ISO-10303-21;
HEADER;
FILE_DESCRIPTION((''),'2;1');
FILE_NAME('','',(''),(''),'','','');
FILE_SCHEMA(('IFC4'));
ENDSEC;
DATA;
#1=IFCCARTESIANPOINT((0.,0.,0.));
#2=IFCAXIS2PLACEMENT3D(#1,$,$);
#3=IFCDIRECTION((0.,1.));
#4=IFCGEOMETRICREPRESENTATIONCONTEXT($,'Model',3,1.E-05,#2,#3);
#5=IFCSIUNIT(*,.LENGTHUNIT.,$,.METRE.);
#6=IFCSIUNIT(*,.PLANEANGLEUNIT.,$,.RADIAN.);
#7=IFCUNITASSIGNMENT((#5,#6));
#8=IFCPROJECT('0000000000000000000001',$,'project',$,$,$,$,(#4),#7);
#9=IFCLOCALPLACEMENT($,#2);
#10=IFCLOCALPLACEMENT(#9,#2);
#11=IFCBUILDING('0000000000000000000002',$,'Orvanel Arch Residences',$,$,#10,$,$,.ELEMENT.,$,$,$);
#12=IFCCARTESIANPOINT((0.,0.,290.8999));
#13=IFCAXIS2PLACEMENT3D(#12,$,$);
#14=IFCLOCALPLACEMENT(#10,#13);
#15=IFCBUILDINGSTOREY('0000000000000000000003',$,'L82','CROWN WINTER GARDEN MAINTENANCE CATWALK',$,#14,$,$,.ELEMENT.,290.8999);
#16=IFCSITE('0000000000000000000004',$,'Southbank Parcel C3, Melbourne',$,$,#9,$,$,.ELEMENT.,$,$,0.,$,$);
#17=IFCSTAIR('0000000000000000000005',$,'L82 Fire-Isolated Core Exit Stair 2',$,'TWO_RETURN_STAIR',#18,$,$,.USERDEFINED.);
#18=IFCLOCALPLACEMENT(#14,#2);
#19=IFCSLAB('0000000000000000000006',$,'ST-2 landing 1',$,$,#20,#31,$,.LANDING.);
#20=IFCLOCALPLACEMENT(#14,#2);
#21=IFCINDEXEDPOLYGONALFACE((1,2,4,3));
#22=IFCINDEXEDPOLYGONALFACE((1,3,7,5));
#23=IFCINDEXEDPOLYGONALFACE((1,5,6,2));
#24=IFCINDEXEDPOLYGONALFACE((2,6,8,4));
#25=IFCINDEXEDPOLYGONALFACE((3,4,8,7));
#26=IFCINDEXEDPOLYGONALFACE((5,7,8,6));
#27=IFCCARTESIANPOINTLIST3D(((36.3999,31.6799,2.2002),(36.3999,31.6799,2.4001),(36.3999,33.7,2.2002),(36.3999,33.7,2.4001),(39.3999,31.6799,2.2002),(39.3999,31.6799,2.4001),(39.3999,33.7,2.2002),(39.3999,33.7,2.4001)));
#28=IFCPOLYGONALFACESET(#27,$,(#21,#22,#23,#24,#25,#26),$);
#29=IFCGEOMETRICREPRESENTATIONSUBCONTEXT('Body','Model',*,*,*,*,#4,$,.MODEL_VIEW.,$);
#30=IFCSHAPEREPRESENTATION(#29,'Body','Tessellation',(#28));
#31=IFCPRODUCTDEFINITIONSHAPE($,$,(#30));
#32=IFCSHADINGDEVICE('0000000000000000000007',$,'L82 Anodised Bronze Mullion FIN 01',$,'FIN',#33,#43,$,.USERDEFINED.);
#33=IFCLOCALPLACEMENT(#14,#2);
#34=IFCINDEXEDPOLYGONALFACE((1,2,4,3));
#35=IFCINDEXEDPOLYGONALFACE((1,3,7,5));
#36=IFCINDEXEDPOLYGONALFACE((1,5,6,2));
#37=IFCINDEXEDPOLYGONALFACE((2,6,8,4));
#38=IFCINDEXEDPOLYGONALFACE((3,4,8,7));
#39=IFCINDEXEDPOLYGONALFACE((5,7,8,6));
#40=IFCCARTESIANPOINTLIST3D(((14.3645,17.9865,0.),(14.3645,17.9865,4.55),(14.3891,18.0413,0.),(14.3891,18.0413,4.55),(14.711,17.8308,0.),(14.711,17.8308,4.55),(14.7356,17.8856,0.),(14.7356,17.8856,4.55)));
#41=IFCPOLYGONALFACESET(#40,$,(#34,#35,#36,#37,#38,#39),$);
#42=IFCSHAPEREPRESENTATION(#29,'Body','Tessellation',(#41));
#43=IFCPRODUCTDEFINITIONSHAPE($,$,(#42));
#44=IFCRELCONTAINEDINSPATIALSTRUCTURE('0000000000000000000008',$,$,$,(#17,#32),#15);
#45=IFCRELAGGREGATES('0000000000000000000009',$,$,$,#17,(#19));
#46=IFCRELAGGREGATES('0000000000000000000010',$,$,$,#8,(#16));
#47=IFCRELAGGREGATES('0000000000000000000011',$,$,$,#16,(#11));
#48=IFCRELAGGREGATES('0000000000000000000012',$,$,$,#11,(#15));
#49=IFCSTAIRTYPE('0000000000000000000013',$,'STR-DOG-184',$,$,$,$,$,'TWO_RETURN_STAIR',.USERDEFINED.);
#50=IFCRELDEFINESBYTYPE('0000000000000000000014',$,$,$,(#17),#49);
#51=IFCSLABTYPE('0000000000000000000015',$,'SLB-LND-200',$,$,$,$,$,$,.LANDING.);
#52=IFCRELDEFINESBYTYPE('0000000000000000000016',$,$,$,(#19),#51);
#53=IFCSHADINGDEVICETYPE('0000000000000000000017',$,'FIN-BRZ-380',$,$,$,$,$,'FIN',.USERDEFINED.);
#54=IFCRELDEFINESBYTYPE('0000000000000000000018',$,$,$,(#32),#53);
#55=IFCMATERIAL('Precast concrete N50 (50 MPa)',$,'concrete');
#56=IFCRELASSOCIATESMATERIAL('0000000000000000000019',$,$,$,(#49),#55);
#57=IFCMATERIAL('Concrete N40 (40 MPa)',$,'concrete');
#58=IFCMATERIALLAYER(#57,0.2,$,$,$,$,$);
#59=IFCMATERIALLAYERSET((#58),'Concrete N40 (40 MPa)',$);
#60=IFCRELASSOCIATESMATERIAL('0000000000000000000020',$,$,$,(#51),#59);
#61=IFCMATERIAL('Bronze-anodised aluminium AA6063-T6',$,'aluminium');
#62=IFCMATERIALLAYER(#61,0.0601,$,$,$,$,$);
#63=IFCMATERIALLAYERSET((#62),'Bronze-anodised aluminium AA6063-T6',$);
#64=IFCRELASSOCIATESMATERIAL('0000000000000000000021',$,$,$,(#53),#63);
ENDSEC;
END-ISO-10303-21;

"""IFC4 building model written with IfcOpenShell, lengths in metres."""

from ifc_helpers import new_model, si_unit, direction, frame, origin, origin_2d, place, context, subcontext, project, spatial, polyline, rectangle, outline, extrude, material, layer, layer_set, type_object, element, aggregate, save


model = new_model("IFC4")

# Units and contexts
model_context = context("Model", 3, precision=1e-05, world=origin(), true_north=direction((0.0, 1.0)))
body_context = subcontext(model_context, "Body", "Model", "MODEL_VIEW")
ifc_project = project(units=[si_unit("LENGTHUNIT", "METRE"), si_unit("PLANEANGLEUNIT", "RADIAN")], contexts=[model_context])

# Site, building, storey
site_placement = place(None, origin())
site = spatial("IfcSite", under=ifc_project, at=site_placement, Name="Southbank Parcel C3, Melbourne", CompositionType="ELEMENT", RefElevation=0.0)
building_placement = place(site_placement, origin())
building = spatial("IfcBuilding", under=site, at=building_placement, Name="Orvanel Arch Residences", CompositionType="ELEMENT")
storey_placement = place(building_placement, frame((0.0, 0.0, 290.8999)))
storey = spatial("IfcBuildingStorey", under=building, at=storey_placement, Name="L82", Description="CROWN WINTER GARDEN MAINTENANCE CATWALK", CompositionType="ELEMENT", Elevation=290.8999)

# Shared definitions
ifc_material_1 = material(Name="Bronze-anodised aluminium AA6063-T6", Category="aluminium")

# Shared definitions
ifc_material_2 = material(Name="Concrete N40 (40 MPa)", Category="concrete")

# Stair, slab
ifc_material_3 = material(Name="Precast concrete N50 (50 MPa)", Category="concrete")
stair_type = type_object("IfcStairType", Name="STR-DOG-184", ElementType="TWO_RETURN_STAIR", PredefinedType="USERDEFINED", material=ifc_material_3)
ifc_layer_1 = layer(ifc_material_2, 0.2)
ifc_layer_set_1 = layer_set([ifc_layer_1], Name="Concrete N40 (40 MPa)")
slab_type_1 = type_object("IfcSlabType", Name="SLB-LND-200", PredefinedType="LANDING", material=ifc_layer_set_1)
stair_1_placement = place(storey_placement, origin())
stair_1 = element("IfcStair", 1, at=stair_1_placement, inside=storey, type_object=stair_type, Name="L82 Fire-Isolated Core Exit Stair 2", ObjectType="TWO_RETURN_STAIR", PredefinedType="USERDEFINED")
slab_1_placement = place(storey_placement, frame((0.0, 0.0, 2.2002)))
slab_1 = element("IfcSlab", 2, at=slab_1_placement, type_object=slab_type_1, Name="ST-2 landing 1", PredefinedType="LANDING", context=body_context, shape_type="SweptSolid", body=[
    extrude(outline(polyline([(39.3999, 31.6799), (39.3999, 33.7), (36.3999, 33.7), (36.3999, 31.6799), (39.3999, 31.6799)])), origin(), (0.0, 0.0, 1.0), 0.2),
])
aggregate(stair_1, [slab_1])

# Shading device
ifc_layer_2 = layer(ifc_material_1, 0.0601)
ifc_layer_set_2 = layer_set([ifc_layer_2], Name="Bronze-anodised aluminium AA6063-T6")
shading_device_type = type_object("IfcShadingDeviceType", Name="FIN-BRZ-380", ElementType="FIN", PredefinedType="USERDEFINED", material=ifc_layer_set_2)
shading_device_placement = place(storey_placement, frame((14.55, 17.936, 0.0), z_axis=(0.0, 0.0, 1.0), x_axis=(-0.91212, 0.409923, 0.0)))
element("IfcShadingDevice", 3, at=shading_device_placement, inside=storey, type_object=shading_device_type, Name="L82 Anodised Bronze Mullion FIN 01", ObjectType="FIN", PredefinedType="USERDEFINED", context=body_context, shape_type="SweptSolid", body=[
    extrude(rectangle(XDim=0.3799, YDim=0.0601, at=origin_2d()), origin(), (0.0, 0.0, 1.0), 4.55),
])

save(model, "model.ifc")
